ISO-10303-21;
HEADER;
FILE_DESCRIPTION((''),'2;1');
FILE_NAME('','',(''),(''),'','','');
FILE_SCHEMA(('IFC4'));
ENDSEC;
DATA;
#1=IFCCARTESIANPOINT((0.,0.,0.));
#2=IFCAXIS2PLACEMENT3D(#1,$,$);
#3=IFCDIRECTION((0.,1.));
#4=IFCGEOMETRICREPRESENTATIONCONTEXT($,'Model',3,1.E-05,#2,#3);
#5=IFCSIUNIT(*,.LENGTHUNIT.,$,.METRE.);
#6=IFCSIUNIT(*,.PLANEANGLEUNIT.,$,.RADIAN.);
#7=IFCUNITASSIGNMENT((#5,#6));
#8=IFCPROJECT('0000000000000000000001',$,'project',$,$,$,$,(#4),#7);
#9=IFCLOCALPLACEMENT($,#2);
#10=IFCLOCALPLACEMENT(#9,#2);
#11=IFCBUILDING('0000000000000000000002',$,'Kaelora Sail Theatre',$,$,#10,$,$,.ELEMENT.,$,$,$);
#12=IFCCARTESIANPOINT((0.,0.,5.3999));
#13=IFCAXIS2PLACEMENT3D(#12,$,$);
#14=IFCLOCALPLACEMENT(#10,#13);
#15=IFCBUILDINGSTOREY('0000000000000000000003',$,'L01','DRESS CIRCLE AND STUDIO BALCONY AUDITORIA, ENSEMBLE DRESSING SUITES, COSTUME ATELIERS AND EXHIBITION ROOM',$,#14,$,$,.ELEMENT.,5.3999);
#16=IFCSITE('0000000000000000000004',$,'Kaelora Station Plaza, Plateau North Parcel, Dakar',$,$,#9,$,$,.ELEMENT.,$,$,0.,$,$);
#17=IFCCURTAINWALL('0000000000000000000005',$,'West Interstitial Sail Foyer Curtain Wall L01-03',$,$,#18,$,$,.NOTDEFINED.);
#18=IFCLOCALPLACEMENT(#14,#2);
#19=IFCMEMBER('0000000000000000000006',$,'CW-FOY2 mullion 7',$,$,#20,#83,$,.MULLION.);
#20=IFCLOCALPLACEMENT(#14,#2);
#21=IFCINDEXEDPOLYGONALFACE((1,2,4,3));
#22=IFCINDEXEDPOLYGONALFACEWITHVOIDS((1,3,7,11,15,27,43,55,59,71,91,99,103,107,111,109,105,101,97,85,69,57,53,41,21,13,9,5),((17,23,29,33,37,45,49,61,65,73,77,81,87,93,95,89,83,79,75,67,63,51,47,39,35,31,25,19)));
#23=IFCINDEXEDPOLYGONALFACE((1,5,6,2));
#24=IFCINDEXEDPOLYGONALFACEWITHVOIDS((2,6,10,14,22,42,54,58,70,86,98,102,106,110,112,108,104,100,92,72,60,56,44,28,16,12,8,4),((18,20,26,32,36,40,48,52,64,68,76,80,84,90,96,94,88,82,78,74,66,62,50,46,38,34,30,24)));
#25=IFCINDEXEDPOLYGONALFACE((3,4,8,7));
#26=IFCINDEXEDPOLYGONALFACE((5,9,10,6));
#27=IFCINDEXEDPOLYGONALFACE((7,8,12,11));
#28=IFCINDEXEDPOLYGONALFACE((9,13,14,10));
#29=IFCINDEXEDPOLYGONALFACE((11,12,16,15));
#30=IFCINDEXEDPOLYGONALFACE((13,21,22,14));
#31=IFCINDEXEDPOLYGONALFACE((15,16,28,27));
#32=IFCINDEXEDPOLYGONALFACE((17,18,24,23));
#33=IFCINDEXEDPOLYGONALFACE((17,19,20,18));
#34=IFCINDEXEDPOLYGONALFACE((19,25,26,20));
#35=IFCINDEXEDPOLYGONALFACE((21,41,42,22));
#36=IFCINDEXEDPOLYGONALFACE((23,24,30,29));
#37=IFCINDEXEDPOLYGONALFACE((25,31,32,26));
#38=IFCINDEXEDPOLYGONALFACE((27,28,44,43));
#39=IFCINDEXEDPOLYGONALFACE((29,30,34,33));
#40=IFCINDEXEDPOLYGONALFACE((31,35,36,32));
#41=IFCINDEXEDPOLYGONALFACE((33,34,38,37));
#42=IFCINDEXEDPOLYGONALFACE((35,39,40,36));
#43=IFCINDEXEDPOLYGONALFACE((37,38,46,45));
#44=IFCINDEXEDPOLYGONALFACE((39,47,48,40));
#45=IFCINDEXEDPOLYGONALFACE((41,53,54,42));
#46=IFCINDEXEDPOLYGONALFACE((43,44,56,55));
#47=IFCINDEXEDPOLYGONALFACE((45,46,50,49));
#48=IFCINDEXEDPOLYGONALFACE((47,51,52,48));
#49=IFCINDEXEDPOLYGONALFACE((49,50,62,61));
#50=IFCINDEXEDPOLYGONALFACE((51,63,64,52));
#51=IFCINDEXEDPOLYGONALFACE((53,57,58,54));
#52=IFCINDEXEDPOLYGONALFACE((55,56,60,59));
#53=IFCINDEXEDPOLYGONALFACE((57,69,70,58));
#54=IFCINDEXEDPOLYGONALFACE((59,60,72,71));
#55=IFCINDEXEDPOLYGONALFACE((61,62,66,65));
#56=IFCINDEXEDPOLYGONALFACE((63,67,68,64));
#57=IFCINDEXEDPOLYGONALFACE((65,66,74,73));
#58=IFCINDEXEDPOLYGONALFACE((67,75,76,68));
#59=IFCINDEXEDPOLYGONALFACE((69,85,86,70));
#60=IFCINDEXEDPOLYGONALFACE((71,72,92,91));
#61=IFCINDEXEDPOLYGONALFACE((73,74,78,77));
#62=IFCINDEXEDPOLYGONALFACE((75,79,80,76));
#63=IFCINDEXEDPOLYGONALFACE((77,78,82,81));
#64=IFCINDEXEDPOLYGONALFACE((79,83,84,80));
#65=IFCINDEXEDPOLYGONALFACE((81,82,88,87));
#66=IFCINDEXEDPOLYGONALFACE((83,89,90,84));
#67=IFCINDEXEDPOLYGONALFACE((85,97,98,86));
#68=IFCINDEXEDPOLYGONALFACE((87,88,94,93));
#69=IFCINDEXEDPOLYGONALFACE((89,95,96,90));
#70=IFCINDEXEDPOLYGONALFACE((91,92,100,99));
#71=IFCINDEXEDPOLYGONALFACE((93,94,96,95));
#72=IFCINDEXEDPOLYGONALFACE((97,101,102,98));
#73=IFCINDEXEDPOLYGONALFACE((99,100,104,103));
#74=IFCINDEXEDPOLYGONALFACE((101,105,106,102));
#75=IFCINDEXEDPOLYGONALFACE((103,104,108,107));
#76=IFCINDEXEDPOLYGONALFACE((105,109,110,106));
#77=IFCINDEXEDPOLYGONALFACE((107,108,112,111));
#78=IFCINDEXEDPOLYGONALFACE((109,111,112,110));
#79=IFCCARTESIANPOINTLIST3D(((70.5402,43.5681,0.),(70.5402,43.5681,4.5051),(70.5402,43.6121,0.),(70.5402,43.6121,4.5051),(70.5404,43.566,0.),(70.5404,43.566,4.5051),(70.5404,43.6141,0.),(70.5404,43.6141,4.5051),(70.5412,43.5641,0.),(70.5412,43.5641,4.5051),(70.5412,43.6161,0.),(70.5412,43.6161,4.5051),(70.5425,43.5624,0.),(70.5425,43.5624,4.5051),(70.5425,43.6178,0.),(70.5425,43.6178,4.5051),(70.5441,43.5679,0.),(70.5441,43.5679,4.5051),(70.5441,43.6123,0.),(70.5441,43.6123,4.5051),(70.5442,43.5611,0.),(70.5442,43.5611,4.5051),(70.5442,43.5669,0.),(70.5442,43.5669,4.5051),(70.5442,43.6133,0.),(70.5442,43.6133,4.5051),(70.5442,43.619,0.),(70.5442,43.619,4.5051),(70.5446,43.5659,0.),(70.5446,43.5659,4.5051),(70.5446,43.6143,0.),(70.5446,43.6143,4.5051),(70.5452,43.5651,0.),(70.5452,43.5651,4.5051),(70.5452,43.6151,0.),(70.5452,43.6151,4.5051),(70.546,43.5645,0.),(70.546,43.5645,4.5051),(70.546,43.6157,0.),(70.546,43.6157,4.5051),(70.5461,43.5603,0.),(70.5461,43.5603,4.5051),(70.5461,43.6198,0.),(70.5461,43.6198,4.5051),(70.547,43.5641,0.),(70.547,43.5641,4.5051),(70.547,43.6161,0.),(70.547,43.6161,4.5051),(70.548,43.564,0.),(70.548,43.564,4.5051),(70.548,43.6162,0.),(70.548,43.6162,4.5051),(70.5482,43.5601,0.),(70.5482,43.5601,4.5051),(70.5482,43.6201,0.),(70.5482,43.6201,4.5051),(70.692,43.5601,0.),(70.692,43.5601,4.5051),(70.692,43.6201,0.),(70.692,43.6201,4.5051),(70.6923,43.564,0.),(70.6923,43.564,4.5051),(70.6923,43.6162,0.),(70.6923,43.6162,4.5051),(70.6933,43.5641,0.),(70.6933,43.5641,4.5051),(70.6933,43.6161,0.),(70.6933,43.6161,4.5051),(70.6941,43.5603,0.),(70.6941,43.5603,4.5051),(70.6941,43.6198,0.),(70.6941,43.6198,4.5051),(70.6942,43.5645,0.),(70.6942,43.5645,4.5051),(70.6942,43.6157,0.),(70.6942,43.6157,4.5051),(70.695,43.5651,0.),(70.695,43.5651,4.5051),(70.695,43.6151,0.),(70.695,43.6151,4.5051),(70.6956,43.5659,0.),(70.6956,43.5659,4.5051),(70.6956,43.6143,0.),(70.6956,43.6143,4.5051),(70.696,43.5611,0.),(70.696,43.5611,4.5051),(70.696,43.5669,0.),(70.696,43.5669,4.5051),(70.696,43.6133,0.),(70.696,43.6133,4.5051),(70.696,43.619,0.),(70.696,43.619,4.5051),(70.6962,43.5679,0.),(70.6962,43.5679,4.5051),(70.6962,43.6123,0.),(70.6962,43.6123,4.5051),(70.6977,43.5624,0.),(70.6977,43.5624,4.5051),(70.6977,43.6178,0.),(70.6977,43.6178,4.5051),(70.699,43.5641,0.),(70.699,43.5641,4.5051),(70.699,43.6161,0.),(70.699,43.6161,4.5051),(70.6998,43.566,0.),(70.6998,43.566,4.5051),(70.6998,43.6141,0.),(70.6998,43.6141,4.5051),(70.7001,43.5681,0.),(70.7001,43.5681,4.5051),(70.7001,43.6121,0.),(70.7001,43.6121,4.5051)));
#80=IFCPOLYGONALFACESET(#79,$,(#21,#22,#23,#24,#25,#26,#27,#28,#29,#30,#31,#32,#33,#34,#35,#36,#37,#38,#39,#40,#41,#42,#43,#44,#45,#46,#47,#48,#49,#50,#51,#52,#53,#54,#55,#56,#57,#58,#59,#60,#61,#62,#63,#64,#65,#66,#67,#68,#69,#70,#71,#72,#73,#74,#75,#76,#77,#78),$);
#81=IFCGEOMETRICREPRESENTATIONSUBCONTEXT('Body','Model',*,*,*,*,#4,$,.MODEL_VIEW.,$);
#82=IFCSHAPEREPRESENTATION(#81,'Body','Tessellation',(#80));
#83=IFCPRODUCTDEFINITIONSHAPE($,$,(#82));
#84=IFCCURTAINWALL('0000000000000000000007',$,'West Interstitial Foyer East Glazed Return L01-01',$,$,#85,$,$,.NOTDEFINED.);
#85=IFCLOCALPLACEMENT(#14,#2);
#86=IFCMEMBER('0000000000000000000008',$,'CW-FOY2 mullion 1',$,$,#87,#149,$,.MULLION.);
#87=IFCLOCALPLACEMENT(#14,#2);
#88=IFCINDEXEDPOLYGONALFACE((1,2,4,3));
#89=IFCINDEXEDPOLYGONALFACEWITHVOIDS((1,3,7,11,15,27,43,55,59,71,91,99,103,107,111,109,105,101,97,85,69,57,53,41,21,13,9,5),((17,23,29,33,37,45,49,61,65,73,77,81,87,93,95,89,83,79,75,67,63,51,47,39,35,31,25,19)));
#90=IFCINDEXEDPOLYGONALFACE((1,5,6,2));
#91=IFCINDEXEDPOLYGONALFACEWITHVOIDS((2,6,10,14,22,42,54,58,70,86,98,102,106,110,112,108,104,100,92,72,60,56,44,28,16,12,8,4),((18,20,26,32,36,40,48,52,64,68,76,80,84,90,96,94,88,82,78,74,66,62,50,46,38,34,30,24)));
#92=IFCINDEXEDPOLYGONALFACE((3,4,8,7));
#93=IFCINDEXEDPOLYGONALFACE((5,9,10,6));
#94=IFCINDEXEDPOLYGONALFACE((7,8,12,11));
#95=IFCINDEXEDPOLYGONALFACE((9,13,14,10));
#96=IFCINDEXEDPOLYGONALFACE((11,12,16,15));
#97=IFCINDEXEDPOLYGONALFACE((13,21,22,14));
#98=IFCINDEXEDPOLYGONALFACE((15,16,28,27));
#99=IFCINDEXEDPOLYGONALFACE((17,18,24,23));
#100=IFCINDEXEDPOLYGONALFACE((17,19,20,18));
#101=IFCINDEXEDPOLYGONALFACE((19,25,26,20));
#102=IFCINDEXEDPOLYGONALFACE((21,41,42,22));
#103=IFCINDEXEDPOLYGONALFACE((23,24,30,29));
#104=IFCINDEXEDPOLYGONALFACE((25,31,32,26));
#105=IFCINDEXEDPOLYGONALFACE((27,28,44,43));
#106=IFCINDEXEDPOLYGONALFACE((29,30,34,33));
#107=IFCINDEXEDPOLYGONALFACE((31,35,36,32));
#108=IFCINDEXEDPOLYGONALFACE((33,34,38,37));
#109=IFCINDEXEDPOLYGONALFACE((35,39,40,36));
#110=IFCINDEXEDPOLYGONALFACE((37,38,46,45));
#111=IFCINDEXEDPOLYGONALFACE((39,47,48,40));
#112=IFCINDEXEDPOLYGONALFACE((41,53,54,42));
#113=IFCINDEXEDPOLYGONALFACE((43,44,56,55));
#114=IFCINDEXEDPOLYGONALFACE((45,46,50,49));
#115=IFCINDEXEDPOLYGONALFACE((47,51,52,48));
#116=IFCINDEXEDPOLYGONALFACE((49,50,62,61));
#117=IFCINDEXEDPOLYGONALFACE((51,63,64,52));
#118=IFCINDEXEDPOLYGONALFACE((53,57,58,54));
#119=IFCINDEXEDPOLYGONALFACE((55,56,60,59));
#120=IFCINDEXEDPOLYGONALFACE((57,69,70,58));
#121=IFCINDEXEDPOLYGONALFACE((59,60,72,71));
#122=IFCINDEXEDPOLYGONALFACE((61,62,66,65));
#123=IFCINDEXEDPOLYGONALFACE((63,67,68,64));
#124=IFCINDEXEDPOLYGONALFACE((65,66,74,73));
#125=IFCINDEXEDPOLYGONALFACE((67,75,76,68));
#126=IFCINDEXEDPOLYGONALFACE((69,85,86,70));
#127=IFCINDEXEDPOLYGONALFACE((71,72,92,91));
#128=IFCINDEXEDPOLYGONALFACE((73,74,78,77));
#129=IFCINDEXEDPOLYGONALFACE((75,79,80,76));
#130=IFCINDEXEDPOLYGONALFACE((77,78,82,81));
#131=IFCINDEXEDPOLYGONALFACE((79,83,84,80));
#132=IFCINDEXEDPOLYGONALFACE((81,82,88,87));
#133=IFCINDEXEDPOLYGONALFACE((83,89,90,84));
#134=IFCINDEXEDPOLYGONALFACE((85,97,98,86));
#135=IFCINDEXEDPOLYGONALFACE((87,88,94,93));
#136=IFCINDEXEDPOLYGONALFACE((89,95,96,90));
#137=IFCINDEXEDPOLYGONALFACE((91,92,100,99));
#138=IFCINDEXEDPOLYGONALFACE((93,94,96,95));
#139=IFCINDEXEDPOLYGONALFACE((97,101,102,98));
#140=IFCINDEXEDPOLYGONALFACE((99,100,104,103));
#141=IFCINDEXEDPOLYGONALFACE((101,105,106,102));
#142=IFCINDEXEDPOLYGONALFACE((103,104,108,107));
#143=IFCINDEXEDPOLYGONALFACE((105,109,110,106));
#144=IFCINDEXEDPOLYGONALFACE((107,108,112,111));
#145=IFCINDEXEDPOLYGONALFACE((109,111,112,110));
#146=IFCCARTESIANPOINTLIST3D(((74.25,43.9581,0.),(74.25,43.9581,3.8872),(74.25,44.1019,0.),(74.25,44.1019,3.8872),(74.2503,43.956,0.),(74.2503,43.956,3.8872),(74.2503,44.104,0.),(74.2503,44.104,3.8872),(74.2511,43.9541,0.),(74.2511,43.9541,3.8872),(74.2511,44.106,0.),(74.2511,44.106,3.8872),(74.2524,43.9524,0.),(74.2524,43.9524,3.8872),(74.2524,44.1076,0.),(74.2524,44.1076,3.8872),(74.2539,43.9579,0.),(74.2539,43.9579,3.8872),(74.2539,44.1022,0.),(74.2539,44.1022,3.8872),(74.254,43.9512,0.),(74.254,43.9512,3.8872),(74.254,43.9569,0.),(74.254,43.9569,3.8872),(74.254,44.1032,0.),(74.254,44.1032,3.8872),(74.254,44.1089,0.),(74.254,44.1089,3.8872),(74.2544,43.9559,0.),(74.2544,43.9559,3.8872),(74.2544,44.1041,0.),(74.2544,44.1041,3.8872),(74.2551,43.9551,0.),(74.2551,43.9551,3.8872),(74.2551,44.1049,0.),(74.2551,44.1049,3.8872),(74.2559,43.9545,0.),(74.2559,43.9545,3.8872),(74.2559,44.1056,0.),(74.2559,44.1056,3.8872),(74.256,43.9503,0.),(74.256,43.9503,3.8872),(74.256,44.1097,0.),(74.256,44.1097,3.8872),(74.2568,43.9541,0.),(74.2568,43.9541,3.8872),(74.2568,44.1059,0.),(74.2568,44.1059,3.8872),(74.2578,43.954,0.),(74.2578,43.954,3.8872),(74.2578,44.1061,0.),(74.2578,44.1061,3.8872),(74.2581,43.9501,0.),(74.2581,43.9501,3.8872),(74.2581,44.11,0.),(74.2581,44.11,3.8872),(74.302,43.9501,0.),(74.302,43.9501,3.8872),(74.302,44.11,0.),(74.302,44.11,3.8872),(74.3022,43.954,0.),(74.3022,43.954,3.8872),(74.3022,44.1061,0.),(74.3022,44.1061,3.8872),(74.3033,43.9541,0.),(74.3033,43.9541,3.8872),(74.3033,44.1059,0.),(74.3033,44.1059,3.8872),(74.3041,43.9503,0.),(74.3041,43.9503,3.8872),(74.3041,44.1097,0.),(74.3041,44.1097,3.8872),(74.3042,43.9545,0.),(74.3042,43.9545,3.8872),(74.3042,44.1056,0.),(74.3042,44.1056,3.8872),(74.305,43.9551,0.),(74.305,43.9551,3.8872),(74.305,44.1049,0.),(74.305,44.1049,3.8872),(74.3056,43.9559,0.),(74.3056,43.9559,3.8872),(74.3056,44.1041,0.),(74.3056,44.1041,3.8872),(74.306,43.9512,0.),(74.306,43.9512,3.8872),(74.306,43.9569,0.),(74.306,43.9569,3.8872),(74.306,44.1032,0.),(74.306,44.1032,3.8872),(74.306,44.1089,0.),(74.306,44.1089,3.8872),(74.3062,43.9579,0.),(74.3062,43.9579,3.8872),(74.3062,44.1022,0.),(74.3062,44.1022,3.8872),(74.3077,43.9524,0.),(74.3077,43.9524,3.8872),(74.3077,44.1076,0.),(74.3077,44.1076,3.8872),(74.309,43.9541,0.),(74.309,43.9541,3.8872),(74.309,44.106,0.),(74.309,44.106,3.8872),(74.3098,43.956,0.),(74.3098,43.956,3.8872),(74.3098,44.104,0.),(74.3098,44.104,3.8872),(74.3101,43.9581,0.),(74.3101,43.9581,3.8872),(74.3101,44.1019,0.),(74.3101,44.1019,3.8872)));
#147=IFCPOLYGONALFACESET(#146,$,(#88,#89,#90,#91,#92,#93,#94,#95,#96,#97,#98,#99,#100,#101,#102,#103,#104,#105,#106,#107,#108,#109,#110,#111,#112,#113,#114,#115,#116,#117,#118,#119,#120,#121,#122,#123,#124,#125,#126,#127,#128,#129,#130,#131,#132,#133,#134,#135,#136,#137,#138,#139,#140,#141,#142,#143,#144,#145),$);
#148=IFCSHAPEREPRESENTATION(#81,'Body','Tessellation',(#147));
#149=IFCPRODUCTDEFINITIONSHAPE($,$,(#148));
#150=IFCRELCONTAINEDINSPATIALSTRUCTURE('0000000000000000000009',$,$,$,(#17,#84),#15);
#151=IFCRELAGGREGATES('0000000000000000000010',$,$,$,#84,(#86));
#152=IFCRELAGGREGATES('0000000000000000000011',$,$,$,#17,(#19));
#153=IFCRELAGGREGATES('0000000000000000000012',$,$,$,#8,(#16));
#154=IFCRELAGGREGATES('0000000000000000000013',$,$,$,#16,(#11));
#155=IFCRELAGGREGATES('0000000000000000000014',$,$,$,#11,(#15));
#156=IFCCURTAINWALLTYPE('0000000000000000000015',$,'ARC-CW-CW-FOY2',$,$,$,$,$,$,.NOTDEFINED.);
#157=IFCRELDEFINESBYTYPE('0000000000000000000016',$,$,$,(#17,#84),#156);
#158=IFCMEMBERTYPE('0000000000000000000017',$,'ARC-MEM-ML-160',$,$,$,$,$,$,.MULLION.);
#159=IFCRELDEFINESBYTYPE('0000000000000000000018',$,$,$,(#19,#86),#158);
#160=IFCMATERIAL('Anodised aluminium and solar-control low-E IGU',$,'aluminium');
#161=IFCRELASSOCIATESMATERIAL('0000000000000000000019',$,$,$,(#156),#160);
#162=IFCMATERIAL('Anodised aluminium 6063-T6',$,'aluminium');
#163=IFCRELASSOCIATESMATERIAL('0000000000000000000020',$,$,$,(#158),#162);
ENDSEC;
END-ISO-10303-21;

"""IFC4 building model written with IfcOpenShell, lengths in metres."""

from ifc_helpers import new_model, si_unit, direction, frame, origin, origin_2d, place, context, subcontext, project, spatial, hollow_rectangle, extrude, material, material_profile, profile_set, type_object, element, aggregate, save


model = new_model("IFC4")

# Units and contexts
model_context = context("Model", 3, precision=1e-05, world=origin(), true_north=direction((0.0, 1.0)))
body_context = subcontext(model_context, "Body", "Model", "MODEL_VIEW")
ifc_project = project(units=[si_unit("LENGTHUNIT", "METRE"), si_unit("PLANEANGLEUNIT", "RADIAN")], contexts=[model_context])

# Site, building, storey
site_placement = place(None, origin())
site = spatial("IfcSite", under=ifc_project, at=site_placement, Name="Kaelora Station Plaza, Plateau North Parcel, Dakar", CompositionType="ELEMENT", RefElevation=0.0)
building_placement = place(site_placement, origin())
building = spatial("IfcBuilding", under=site, at=building_placement, Name="Kaelora Sail Theatre", CompositionType="ELEMENT")
storey_placement = place(building_placement, frame((0.0, 0.0, 5.3999)))
storey = spatial("IfcBuildingStorey", under=building, at=storey_placement, Name="L01", Description="DRESS CIRCLE AND STUDIO BALCONY AUDITORIA, ENSEMBLE DRESSING SUITES, COSTUME ATELIERS AND EXHIBITION ROOM", CompositionType="ELEMENT", Elevation=5.3999)

# Curtain wall, member
ifc_material_1 = material(Name="Anodised aluminium and solar-control low-E IGU", Category="aluminium")
curtain_wall_type = type_object("IfcCurtainWallType", Name="ARC-CW-CW-FOY2", PredefinedType="NOTDEFINED", material=ifc_material_1)
curtain_wall_1_placement = place(storey_placement, origin())
curtain_wall_1 = element("IfcCurtainWall", 1, at=curtain_wall_1_placement, inside=storey, type_object=curtain_wall_type, Name="West Interstitial Sail Foyer Curtain Wall L01-03", PredefinedType="NOTDEFINED")
ifc_material_2 = material(Name="Anodised aluminium 6063-T6", Category="aluminium")
ifc_material_profile_1 = material_profile(ifc_material_2, hollow_rectangle(XDim=0.0601, YDim=0.1599, WallThickness=0.0039, InnerFilletRadius=0.0039, OuterFilletRadius=0.0081, at=origin_2d()), Name="ALU-MULL 60x160x4")
ifc_profile_set_1 = profile_set([ifc_material_profile_1], Name="Anodised aluminium 6063-T6")
member_type_1 = type_object("IfcMemberType", Name="ARC-MEM-ML-160", PredefinedType="MULLION", material=ifc_profile_set_1)
member_1_placement = place(storey_placement, frame((70.6201, 43.5901, 0.0), z_axis=(0.0, 0.0, 1.0), x_axis=(0.0, 1.0, 0.0)))
member_1 = element("IfcMember", 2, at=member_1_placement, type_object=member_type_1, Name="CW-FOY2 mullion 7", PredefinedType="MULLION", context=body_context, shape_type="SweptSolid", body=[
    extrude(hollow_rectangle(XDim=0.0601, YDim=0.1599, WallThickness=0.0039, InnerFilletRadius=0.0039, OuterFilletRadius=0.0081, at=origin_2d()), origin(), (0.0, 0.0, 1.0), 4.5051),
])

# Curtain wall, member
curtain_wall_2_placement = place(storey_placement, origin())
curtain_wall_2 = element("IfcCurtainWall", 3, at=curtain_wall_2_placement, inside=storey, type_object=curtain_wall_type, Name="West Interstitial Foyer East Glazed Return L01-01", PredefinedType="NOTDEFINED")
member_2_placement = place(storey_placement, frame((74.28, 44.03, 0.0), z_axis=(0.0, 0.0, 1.0), x_axis=(-1.0, 0.0, 0.0)))
member_2 = element("IfcMember", 4, at=member_2_placement, type_object=member_type_1, Name="CW-FOY2 mullion 1", PredefinedType="MULLION", context=body_context, shape_type="SweptSolid", body=[
    extrude(hollow_rectangle(XDim=0.0601, YDim=0.1599, WallThickness=0.0039, InnerFilletRadius=0.0039, OuterFilletRadius=0.0081, at=origin_2d()), origin(), (0.0, 0.0, 1.0), 3.8872),
])

aggregate(curtain_wall_2, [member_2])

aggregate(curtain_wall_1, [member_1])

save(model, "model.ifc")
